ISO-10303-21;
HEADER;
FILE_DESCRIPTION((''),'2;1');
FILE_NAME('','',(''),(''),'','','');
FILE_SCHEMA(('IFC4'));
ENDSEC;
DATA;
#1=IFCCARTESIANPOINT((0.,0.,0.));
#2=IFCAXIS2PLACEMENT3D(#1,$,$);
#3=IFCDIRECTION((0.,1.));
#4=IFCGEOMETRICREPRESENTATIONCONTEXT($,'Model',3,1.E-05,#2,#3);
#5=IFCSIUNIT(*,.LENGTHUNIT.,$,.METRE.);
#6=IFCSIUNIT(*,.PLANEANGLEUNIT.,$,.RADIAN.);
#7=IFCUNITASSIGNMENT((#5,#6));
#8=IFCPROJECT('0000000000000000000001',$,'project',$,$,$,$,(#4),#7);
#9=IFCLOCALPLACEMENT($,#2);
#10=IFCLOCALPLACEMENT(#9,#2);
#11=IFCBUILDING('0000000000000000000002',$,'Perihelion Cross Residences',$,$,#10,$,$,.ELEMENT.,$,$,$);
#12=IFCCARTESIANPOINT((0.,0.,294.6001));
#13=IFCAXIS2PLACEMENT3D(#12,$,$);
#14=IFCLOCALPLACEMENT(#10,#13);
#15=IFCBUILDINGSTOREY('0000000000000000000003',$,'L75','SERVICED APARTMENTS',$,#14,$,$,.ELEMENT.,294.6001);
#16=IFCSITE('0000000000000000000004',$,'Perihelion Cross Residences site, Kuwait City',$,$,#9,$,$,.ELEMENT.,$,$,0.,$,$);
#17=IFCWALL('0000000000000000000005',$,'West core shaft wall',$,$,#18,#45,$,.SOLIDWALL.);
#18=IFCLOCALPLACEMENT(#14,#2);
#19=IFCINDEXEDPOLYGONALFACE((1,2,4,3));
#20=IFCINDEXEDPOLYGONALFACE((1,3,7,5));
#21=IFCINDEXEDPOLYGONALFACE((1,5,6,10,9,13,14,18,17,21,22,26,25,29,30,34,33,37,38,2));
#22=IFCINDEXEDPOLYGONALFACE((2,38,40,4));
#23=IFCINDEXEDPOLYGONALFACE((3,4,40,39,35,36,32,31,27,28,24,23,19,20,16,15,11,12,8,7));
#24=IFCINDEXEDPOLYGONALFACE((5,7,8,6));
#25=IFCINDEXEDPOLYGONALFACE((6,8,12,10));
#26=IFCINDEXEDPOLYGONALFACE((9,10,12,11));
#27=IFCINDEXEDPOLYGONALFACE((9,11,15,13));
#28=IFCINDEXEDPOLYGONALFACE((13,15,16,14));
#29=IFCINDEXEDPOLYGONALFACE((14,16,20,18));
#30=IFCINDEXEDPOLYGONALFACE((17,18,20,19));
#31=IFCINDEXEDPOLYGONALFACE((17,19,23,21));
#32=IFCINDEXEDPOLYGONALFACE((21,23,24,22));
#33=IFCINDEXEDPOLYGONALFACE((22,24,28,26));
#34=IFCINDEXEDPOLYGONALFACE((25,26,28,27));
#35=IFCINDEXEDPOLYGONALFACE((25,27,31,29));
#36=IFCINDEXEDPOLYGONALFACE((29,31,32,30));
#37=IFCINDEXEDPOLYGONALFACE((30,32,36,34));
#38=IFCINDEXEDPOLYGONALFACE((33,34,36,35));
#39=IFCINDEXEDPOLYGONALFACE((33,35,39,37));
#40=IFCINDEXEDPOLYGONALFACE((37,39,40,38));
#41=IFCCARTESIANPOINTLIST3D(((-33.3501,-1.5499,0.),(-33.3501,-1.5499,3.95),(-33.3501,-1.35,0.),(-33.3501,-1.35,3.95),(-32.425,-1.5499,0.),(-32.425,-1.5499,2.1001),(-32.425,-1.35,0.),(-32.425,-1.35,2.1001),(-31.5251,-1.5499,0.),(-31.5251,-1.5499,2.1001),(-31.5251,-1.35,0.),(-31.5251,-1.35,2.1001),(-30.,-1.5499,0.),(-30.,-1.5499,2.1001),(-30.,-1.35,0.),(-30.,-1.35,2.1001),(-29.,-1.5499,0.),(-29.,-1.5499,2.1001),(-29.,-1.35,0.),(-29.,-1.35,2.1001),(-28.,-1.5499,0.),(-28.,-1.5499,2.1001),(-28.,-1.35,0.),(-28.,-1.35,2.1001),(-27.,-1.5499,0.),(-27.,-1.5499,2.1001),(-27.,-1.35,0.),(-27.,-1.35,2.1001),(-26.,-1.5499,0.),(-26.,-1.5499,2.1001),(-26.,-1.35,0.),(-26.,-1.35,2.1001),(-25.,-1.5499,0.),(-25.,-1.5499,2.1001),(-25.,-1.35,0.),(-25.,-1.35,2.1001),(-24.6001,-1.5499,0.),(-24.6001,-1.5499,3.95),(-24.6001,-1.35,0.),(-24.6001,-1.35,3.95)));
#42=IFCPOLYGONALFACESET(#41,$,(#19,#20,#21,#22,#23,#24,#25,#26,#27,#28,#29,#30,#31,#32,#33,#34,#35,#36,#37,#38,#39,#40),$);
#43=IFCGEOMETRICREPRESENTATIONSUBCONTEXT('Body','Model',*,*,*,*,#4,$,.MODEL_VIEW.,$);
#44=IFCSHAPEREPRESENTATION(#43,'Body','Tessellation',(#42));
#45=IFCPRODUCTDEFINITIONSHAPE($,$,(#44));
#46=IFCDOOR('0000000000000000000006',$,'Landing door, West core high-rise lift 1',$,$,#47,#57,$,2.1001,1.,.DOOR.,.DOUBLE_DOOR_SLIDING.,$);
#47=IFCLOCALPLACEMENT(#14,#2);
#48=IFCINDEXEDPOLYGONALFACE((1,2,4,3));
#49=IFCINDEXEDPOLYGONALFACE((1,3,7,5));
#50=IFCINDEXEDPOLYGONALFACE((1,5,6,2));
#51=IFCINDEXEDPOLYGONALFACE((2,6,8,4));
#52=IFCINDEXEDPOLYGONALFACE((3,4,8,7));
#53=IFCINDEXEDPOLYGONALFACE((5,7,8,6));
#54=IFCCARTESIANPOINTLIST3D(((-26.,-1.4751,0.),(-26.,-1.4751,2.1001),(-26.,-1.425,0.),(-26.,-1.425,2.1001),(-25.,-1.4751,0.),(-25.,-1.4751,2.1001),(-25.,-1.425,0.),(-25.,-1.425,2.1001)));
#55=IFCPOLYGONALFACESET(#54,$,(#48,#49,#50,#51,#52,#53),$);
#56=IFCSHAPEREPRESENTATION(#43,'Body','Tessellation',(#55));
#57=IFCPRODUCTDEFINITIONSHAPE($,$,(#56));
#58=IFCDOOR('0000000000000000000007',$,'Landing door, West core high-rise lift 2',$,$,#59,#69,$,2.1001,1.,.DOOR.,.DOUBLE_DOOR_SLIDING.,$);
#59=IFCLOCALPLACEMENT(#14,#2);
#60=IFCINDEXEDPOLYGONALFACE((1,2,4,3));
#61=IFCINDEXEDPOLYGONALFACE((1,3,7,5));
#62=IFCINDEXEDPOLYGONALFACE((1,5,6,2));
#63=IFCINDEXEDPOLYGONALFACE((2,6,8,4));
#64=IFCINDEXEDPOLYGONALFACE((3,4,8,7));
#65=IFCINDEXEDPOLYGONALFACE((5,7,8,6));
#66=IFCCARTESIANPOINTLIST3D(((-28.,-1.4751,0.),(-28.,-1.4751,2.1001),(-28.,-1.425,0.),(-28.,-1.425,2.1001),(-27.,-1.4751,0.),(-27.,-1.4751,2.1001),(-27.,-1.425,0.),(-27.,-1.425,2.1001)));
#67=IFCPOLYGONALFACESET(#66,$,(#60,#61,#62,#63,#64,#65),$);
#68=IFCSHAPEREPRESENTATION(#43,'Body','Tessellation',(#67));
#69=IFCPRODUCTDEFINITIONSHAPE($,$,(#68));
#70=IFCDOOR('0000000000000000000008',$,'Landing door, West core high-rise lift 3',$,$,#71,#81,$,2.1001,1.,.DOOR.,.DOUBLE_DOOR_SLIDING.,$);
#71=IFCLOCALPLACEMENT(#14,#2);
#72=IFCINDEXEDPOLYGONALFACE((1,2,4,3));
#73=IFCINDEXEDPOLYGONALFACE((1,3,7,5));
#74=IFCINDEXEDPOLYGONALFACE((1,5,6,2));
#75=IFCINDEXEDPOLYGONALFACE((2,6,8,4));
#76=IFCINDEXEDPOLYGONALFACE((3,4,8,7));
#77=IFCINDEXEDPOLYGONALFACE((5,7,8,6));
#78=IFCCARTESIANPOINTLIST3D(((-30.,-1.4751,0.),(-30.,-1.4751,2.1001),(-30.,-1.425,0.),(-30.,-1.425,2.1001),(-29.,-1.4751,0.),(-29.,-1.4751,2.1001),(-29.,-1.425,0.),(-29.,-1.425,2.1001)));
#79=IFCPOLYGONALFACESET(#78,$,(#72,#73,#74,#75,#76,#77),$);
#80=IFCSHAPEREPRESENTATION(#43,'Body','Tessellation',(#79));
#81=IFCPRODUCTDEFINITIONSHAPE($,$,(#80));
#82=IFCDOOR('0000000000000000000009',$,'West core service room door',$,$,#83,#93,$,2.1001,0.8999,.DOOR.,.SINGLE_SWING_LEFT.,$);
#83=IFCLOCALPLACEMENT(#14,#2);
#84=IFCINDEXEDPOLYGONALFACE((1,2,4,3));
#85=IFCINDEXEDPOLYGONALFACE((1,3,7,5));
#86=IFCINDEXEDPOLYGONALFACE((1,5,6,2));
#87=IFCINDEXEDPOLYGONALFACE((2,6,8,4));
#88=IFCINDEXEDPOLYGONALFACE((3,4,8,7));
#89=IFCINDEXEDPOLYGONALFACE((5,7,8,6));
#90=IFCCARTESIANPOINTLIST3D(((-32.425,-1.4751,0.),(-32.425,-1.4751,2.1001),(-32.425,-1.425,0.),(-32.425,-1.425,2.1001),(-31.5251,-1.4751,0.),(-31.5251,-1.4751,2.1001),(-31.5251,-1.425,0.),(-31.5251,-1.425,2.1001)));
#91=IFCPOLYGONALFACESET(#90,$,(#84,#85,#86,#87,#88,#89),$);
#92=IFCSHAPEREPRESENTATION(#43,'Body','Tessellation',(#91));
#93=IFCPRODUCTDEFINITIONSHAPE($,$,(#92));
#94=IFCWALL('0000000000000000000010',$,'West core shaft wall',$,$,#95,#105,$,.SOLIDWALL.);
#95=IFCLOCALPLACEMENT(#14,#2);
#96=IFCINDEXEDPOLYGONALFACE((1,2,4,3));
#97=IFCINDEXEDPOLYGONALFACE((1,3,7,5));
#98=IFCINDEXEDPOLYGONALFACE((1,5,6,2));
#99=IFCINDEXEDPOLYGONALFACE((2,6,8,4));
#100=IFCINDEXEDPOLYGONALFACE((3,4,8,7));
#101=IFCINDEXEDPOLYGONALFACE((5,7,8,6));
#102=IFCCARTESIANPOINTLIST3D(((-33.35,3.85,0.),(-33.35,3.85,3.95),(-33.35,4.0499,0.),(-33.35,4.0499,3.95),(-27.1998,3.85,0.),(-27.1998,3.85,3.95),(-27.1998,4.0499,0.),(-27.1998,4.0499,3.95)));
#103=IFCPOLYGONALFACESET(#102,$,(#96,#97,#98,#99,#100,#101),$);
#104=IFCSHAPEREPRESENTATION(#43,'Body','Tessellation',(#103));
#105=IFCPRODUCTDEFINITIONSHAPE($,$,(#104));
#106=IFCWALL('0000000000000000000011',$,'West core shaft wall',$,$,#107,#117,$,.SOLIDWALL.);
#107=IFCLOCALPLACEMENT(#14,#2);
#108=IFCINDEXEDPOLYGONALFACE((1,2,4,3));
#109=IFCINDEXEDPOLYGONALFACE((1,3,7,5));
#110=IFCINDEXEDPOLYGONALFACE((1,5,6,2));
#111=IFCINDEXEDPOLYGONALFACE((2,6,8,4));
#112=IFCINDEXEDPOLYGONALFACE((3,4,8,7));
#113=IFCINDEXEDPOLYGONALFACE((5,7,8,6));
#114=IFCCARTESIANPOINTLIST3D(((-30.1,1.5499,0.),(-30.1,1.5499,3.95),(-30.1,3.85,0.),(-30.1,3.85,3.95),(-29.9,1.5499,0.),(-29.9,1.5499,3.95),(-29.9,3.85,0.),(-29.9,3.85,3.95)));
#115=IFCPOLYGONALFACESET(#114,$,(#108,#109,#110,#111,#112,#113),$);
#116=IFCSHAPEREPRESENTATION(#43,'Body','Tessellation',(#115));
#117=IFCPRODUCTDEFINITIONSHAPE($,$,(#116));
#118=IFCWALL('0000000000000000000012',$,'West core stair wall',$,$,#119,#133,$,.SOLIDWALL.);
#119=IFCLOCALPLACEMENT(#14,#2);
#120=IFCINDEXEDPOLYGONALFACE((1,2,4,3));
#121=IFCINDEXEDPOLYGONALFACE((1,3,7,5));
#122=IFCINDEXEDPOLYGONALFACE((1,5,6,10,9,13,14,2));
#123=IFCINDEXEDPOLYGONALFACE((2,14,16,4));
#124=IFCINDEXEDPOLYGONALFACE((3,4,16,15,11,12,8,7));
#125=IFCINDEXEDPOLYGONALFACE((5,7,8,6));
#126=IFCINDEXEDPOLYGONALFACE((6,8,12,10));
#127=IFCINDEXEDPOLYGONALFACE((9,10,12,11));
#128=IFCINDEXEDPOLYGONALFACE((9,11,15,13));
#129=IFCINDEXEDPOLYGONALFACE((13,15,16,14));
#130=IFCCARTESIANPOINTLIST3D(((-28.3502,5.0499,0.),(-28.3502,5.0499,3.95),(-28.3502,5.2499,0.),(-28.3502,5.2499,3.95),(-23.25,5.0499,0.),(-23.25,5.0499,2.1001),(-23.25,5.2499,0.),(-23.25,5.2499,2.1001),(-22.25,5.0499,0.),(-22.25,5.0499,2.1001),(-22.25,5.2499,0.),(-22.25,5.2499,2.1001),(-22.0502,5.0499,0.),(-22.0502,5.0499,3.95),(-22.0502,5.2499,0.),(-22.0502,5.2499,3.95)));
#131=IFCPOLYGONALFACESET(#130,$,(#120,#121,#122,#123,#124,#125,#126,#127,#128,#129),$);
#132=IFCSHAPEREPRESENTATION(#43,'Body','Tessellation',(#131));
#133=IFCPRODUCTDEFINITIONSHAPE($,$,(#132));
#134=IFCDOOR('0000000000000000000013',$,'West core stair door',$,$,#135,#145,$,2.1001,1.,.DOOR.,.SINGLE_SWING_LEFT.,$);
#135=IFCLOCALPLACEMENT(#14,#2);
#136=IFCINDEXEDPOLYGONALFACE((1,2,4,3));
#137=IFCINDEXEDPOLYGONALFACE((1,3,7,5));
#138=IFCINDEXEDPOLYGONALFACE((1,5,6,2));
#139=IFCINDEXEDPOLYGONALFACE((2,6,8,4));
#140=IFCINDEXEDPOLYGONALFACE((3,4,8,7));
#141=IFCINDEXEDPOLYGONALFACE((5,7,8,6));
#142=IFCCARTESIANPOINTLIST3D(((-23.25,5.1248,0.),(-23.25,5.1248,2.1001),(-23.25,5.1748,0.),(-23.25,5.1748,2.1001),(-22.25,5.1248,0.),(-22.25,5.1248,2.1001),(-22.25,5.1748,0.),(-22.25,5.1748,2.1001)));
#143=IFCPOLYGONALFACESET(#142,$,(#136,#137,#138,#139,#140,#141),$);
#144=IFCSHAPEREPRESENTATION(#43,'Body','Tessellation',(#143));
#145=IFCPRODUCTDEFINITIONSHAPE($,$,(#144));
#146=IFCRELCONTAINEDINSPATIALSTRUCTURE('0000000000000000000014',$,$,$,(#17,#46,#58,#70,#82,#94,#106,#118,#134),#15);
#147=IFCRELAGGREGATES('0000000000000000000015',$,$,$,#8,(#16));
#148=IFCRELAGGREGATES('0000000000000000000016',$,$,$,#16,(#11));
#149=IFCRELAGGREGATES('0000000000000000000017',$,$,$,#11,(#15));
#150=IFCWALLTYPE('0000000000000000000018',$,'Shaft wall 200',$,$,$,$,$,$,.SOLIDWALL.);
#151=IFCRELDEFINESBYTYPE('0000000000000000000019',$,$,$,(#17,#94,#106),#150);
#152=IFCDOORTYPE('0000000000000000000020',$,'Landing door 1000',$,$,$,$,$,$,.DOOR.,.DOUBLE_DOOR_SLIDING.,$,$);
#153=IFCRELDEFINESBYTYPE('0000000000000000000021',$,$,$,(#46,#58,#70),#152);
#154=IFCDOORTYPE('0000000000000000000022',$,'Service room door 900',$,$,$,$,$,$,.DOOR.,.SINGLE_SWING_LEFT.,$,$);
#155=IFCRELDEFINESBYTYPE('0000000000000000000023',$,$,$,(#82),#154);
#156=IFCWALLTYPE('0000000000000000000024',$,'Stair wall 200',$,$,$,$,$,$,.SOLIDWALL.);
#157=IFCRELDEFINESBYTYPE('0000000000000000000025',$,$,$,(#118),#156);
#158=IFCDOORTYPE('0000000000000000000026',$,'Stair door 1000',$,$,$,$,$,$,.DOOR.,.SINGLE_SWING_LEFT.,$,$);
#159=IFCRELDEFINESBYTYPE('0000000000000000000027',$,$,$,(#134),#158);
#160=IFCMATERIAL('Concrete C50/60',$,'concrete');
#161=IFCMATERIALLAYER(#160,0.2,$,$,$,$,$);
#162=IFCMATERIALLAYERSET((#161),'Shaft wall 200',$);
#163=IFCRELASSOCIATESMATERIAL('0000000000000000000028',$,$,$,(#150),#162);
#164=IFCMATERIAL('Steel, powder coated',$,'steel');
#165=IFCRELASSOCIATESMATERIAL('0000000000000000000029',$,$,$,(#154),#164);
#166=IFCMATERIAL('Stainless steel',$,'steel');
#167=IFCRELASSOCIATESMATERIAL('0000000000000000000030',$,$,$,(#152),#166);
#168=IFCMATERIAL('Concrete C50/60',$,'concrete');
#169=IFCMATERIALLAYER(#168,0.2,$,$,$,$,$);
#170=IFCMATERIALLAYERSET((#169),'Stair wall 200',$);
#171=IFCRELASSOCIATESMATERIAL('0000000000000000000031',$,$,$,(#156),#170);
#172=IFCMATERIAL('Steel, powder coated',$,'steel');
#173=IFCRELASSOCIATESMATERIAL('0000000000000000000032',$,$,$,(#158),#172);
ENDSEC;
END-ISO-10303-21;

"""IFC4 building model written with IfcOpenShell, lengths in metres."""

from ifc_helpers import new_model, si_unit, direction, frame, frame_2d, origin, place, context, subcontext, project, spatial, rectangle, extrude, material, layer, layer_set, type_object, element, fill, save


model = new_model("IFC4")

# Units and contexts
model_context = context("Model", 3, precision=1e-05, world=origin(), true_north=direction((0.0, 1.0)))
body_context = subcontext(model_context, "Body", "Model", "MODEL_VIEW")
ifc_project = project(units=[si_unit("LENGTHUNIT", "METRE"), si_unit("PLANEANGLEUNIT", "RADIAN")], contexts=[model_context])

# Site, building, storey
site_placement = place(None, origin())
site = spatial("IfcSite", under=ifc_project, at=site_placement, Name="Perihelion Cross Residences site, Kuwait City", CompositionType="ELEMENT", RefElevation=0.0)
building_placement = place(site_placement, origin())
building = spatial("IfcBuilding", under=site, at=building_placement, Name="Perihelion Cross Residences", CompositionType="ELEMENT")
storey_placement = place(building_placement, frame((0.0, 0.0, 294.6001)))
storey = spatial("IfcBuildingStorey", under=building, at=storey_placement, Name="L75", Description="SERVICED APARTMENTS", CompositionType="ELEMENT", Elevation=294.6001)

# Wall, openings, doors
ifc_material_1 = material(Name="Concrete C50/60", Category="concrete")
ifc_layer_1 = layer(ifc_material_1, 0.2)
ifc_layer_set_1 = layer_set([ifc_layer_1], Name="Shaft wall 200")
wall_type_1 = type_object("IfcWallType", Name="Shaft wall 200", PredefinedType="SOLIDWALL", material=ifc_layer_set_1)
ifc_material_2 = material(Name="Steel, powder coated", Category="steel")
door_type_1 = type_object("IfcDoorType", Name="Service room door 900", OperationType="SINGLE_SWING_LEFT", PredefinedType="DOOR", material=ifc_material_2)
wall_1_placement = place(storey_placement, frame((-33.3501, -1.45, 0.0), z_axis=(0.0, 0.0, 1.0), x_axis=(1.0, 0.0, 0.0)))
wall_1 = element("IfcWall", 1, at=wall_1_placement, inside=storey, type_object=wall_type_1, Name="West core shaft wall", PredefinedType="SOLIDWALL", context=body_context, shape_type="SweptSolid", body=[
    extrude(rectangle(XDim=8.75, YDim=0.2, at=frame_2d((4.375, 0.0))), origin(), (0.0, 0.0, 1.0), 3.95),
])
opening_1_placement = place(wall_1_placement, frame((7.3501, 0.0, 0.0)))
opening_1 = element("IfcOpeningElement", 2, at=opening_1_placement, cuts=wall_1, PredefinedType="OPENING", context=body_context, shape_type="SweptSolid", body=[
    extrude(rectangle(XDim=1.0, YDim=2.1001, at=frame_2d((0.5, 1.05))), frame((0.0, 0.1099, 0.0), z_axis=(0.0, -1.0, 0.0), x_axis=(1.0, 0.0, 0.0)), (0.0, 0.0, 1.0), 0.22),
])
opening_2_placement = place(wall_1_placement, frame((5.3501, 0.0, 0.0)))
opening_2 = element("IfcOpeningElement", 3, at=opening_2_placement, cuts=wall_1, PredefinedType="OPENING", context=body_context, shape_type="SweptSolid", body=[
    extrude(rectangle(XDim=1.0, YDim=2.1001, at=frame_2d((0.5, 1.05))), frame((0.0, 0.1099, 0.0), z_axis=(0.0, -1.0, 0.0), x_axis=(1.0, 0.0, 0.0)), (0.0, 0.0, 1.0), 0.22),
])
opening_3_placement = place(wall_1_placement, frame((3.3501, 0.0, 0.0)))
opening_3 = element("IfcOpeningElement", 4, at=opening_3_placement, cuts=wall_1, PredefinedType="OPENING", context=body_context, shape_type="SweptSolid", body=[
    extrude(rectangle(XDim=1.0, YDim=2.1001, at=frame_2d((0.5, 1.05))), frame((0.0, 0.1099, 0.0), z_axis=(0.0, -1.0, 0.0), x_axis=(1.0, 0.0, 0.0)), (0.0, 0.0, 1.0), 0.22),
])
opening_4_placement = place(wall_1_placement, frame((0.925, 0.0, 0.0)))
opening_4 = element("IfcOpeningElement", 5, at=opening_4_placement, cuts=wall_1, PredefinedType="OPENING", context=body_context, shape_type="SweptSolid", body=[
    extrude(rectangle(XDim=0.8999, YDim=2.1001, at=frame_2d((0.45, 1.05))), frame((0.0, 0.1099, 0.0), z_axis=(0.0, -1.0, 0.0), x_axis=(1.0, 0.0, 0.0)), (0.0, 0.0, 1.0), 0.22),
])
ifc_material_3 = material(Name="Stainless steel", Category="steel")
door_type_2 = type_object("IfcDoorType", Name="Landing door 1000", OperationType="DOUBLE_DOOR_SLIDING", PredefinedType="DOOR", material=ifc_material_3)
door_1_placement = place(opening_1_placement, origin())
door_1 = element("IfcDoor", 6, at=door_1_placement, inside=storey, type_object=door_type_2, Name="Landing door, West core high-rise lift 1", OperationType="DOUBLE_DOOR_SLIDING", OverallHeight=2.1001, OverallWidth=1.0, PredefinedType="DOOR", context=body_context, shape_type="SweptSolid", body=[
    extrude(rectangle(XDim=1.0, YDim=2.1001, at=frame_2d((0.5, 1.05))), frame((0.0, 0.0249, 0.0), z_axis=(0.0, -1.0, 0.0), x_axis=(1.0, 0.0, 0.0)), (0.0, 0.0, 1.0), 0.05),
])
fill(opening_1, door_1)
door_2_placement = place(opening_2_placement, origin())
door_2 = element("IfcDoor", 7, at=door_2_placement, inside=storey, type_object=door_type_2, Name="Landing door, West core high-rise lift 2", OperationType="DOUBLE_DOOR_SLIDING", OverallHeight=2.1001, OverallWidth=1.0, PredefinedType="DOOR", context=body_context, shape_type="SweptSolid", body=[
    extrude(rectangle(XDim=1.0, YDim=2.1001, at=frame_2d((0.5, 1.05))), frame((0.0, 0.0249, 0.0), z_axis=(0.0, -1.0, 0.0), x_axis=(1.0, 0.0, 0.0)), (0.0, 0.0, 1.0), 0.05),
])
fill(opening_2, door_2)
door_3_placement = place(opening_3_placement, origin())
door_3 = element("IfcDoor", 8, at=door_3_placement, inside=storey, type_object=door_type_2, Name="Landing door, West core high-rise lift 3", OperationType="DOUBLE_DOOR_SLIDING", OverallHeight=2.1001, OverallWidth=1.0, PredefinedType="DOOR", context=body_context, shape_type="SweptSolid", body=[
    extrude(rectangle(XDim=1.0, YDim=2.1001, at=frame_2d((0.5, 1.05))), frame((0.0, 0.0249, 0.0), z_axis=(0.0, -1.0, 0.0), x_axis=(1.0, 0.0, 0.0)), (0.0, 0.0, 1.0), 0.05),
])
fill(opening_3, door_3)
door_4_placement = place(opening_4_placement, origin())
door_4 = element("IfcDoor", 9, at=door_4_placement, inside=storey, type_object=door_type_1, Name="West core service room door", OperationType="SINGLE_SWING_LEFT", OverallHeight=2.1001, OverallWidth=0.8999, PredefinedType="DOOR", context=body_context, shape_type="SweptSolid", body=[
    extrude(rectangle(XDim=0.8999, YDim=2.1001, at=frame_2d((0.45, 1.05))), frame((0.0, 0.0249, 0.0), z_axis=(0.0, -1.0, 0.0), x_axis=(1.0, 0.0, 0.0)), (0.0, 0.0, 1.0), 0.05),
])
fill(opening_4, door_4)

# Walls
wall_2_placement = place(storey_placement, frame((-33.3501, 3.95, 0.0), z_axis=(0.0, 0.0, 1.0), x_axis=(1.0, 0.0, 0.0)))
element("IfcWall", 10, at=wall_2_placement, inside=storey, type_object=wall_type_1, Name="West core shaft wall", PredefinedType="SOLIDWALL", context=body_context, shape_type="SweptSolid", body=[
    extrude(rectangle(XDim=6.1501, YDim=0.2, at=frame_2d((3.0752, 0.0))), origin(), (0.0, 0.0, 1.0), 3.95),
])
wall_3_placement = place(storey_placement, frame((-30.0, 1.55, 0.0), z_axis=(0.0, 0.0, 1.0), x_axis=(0.0, 1.0, 0.0)))
element("IfcWall", 11, at=wall_3_placement, inside=storey, type_object=wall_type_1, Name="West core shaft wall", PredefinedType="SOLIDWALL", context=body_context, shape_type="SweptSolid", body=[
    extrude(rectangle(XDim=2.3, YDim=0.2, at=frame_2d((1.1499, 0.0))), origin(), (0.0, 0.0, 1.0), 3.95),
])

# Wall, opening, door
ifc_material_4 = material(Name="Concrete C50/60", Category="concrete")
ifc_layer_2 = layer(ifc_material_4, 0.2)
ifc_layer_set_2 = layer_set([ifc_layer_2], Name="Stair wall 200")
wall_type_2 = type_object("IfcWallType", Name="Stair wall 200", PredefinedType="SOLIDWALL", material=ifc_layer_set_2)
wall_4_placement = place(storey_placement, frame((-28.3501, 5.1499, 0.0), z_axis=(0.0, 0.0, 1.0), x_axis=(1.0, 0.0, 0.0)))
wall_4 = element("IfcWall", 12, at=wall_4_placement, inside=storey, type_object=wall_type_2, Name="West core stair wall", PredefinedType="SOLIDWALL", context=body_context, shape_type="SweptSolid", body=[
    extrude(rectangle(XDim=6.3, YDim=0.2, at=frame_2d((3.1499, 0.0))), origin(), (0.0, 0.0, 1.0), 3.95),
])
opening_5_placement = place(wall_4_placement, frame((5.1001, 0.0, 0.0)))
opening_5 = element("IfcOpeningElement", 13, at=opening_5_placement, cuts=wall_4, PredefinedType="OPENING", context=body_context, shape_type="SweptSolid", body=[
    extrude(rectangle(XDim=1.0, YDim=2.1001, at=frame_2d((0.5, 1.05))), frame((0.0, 0.1099, 0.0), z_axis=(0.0, -1.0, 0.0), x_axis=(1.0, 0.0, 0.0)), (0.0, 0.0, 1.0), 0.22),
])
ifc_material_5 = material(Name="Steel, powder coated", Category="steel")
door_type_3 = type_object("IfcDoorType", Name="Stair door 1000", OperationType="SINGLE_SWING_LEFT", PredefinedType="DOOR", material=ifc_material_5)
door_5_placement = place(opening_5_placement, origin())
door_5 = element("IfcDoor", 14, at=door_5_placement, inside=storey, type_object=door_type_3, Name="West core stair door", OperationType="SINGLE_SWING_LEFT", OverallHeight=2.1001, OverallWidth=1.0, PredefinedType="DOOR", context=body_context, shape_type="SweptSolid", body=[
    extrude(rectangle(XDim=1.0, YDim=2.1001, at=frame_2d((0.5, 1.05))), frame((0.0, 0.0249, 0.0), z_axis=(0.0, -1.0, 0.0), x_axis=(1.0, 0.0, 0.0)), (0.0, 0.0, 1.0), 0.05),
])
fill(opening_5, door_5)

save(model, "model.ifc")
